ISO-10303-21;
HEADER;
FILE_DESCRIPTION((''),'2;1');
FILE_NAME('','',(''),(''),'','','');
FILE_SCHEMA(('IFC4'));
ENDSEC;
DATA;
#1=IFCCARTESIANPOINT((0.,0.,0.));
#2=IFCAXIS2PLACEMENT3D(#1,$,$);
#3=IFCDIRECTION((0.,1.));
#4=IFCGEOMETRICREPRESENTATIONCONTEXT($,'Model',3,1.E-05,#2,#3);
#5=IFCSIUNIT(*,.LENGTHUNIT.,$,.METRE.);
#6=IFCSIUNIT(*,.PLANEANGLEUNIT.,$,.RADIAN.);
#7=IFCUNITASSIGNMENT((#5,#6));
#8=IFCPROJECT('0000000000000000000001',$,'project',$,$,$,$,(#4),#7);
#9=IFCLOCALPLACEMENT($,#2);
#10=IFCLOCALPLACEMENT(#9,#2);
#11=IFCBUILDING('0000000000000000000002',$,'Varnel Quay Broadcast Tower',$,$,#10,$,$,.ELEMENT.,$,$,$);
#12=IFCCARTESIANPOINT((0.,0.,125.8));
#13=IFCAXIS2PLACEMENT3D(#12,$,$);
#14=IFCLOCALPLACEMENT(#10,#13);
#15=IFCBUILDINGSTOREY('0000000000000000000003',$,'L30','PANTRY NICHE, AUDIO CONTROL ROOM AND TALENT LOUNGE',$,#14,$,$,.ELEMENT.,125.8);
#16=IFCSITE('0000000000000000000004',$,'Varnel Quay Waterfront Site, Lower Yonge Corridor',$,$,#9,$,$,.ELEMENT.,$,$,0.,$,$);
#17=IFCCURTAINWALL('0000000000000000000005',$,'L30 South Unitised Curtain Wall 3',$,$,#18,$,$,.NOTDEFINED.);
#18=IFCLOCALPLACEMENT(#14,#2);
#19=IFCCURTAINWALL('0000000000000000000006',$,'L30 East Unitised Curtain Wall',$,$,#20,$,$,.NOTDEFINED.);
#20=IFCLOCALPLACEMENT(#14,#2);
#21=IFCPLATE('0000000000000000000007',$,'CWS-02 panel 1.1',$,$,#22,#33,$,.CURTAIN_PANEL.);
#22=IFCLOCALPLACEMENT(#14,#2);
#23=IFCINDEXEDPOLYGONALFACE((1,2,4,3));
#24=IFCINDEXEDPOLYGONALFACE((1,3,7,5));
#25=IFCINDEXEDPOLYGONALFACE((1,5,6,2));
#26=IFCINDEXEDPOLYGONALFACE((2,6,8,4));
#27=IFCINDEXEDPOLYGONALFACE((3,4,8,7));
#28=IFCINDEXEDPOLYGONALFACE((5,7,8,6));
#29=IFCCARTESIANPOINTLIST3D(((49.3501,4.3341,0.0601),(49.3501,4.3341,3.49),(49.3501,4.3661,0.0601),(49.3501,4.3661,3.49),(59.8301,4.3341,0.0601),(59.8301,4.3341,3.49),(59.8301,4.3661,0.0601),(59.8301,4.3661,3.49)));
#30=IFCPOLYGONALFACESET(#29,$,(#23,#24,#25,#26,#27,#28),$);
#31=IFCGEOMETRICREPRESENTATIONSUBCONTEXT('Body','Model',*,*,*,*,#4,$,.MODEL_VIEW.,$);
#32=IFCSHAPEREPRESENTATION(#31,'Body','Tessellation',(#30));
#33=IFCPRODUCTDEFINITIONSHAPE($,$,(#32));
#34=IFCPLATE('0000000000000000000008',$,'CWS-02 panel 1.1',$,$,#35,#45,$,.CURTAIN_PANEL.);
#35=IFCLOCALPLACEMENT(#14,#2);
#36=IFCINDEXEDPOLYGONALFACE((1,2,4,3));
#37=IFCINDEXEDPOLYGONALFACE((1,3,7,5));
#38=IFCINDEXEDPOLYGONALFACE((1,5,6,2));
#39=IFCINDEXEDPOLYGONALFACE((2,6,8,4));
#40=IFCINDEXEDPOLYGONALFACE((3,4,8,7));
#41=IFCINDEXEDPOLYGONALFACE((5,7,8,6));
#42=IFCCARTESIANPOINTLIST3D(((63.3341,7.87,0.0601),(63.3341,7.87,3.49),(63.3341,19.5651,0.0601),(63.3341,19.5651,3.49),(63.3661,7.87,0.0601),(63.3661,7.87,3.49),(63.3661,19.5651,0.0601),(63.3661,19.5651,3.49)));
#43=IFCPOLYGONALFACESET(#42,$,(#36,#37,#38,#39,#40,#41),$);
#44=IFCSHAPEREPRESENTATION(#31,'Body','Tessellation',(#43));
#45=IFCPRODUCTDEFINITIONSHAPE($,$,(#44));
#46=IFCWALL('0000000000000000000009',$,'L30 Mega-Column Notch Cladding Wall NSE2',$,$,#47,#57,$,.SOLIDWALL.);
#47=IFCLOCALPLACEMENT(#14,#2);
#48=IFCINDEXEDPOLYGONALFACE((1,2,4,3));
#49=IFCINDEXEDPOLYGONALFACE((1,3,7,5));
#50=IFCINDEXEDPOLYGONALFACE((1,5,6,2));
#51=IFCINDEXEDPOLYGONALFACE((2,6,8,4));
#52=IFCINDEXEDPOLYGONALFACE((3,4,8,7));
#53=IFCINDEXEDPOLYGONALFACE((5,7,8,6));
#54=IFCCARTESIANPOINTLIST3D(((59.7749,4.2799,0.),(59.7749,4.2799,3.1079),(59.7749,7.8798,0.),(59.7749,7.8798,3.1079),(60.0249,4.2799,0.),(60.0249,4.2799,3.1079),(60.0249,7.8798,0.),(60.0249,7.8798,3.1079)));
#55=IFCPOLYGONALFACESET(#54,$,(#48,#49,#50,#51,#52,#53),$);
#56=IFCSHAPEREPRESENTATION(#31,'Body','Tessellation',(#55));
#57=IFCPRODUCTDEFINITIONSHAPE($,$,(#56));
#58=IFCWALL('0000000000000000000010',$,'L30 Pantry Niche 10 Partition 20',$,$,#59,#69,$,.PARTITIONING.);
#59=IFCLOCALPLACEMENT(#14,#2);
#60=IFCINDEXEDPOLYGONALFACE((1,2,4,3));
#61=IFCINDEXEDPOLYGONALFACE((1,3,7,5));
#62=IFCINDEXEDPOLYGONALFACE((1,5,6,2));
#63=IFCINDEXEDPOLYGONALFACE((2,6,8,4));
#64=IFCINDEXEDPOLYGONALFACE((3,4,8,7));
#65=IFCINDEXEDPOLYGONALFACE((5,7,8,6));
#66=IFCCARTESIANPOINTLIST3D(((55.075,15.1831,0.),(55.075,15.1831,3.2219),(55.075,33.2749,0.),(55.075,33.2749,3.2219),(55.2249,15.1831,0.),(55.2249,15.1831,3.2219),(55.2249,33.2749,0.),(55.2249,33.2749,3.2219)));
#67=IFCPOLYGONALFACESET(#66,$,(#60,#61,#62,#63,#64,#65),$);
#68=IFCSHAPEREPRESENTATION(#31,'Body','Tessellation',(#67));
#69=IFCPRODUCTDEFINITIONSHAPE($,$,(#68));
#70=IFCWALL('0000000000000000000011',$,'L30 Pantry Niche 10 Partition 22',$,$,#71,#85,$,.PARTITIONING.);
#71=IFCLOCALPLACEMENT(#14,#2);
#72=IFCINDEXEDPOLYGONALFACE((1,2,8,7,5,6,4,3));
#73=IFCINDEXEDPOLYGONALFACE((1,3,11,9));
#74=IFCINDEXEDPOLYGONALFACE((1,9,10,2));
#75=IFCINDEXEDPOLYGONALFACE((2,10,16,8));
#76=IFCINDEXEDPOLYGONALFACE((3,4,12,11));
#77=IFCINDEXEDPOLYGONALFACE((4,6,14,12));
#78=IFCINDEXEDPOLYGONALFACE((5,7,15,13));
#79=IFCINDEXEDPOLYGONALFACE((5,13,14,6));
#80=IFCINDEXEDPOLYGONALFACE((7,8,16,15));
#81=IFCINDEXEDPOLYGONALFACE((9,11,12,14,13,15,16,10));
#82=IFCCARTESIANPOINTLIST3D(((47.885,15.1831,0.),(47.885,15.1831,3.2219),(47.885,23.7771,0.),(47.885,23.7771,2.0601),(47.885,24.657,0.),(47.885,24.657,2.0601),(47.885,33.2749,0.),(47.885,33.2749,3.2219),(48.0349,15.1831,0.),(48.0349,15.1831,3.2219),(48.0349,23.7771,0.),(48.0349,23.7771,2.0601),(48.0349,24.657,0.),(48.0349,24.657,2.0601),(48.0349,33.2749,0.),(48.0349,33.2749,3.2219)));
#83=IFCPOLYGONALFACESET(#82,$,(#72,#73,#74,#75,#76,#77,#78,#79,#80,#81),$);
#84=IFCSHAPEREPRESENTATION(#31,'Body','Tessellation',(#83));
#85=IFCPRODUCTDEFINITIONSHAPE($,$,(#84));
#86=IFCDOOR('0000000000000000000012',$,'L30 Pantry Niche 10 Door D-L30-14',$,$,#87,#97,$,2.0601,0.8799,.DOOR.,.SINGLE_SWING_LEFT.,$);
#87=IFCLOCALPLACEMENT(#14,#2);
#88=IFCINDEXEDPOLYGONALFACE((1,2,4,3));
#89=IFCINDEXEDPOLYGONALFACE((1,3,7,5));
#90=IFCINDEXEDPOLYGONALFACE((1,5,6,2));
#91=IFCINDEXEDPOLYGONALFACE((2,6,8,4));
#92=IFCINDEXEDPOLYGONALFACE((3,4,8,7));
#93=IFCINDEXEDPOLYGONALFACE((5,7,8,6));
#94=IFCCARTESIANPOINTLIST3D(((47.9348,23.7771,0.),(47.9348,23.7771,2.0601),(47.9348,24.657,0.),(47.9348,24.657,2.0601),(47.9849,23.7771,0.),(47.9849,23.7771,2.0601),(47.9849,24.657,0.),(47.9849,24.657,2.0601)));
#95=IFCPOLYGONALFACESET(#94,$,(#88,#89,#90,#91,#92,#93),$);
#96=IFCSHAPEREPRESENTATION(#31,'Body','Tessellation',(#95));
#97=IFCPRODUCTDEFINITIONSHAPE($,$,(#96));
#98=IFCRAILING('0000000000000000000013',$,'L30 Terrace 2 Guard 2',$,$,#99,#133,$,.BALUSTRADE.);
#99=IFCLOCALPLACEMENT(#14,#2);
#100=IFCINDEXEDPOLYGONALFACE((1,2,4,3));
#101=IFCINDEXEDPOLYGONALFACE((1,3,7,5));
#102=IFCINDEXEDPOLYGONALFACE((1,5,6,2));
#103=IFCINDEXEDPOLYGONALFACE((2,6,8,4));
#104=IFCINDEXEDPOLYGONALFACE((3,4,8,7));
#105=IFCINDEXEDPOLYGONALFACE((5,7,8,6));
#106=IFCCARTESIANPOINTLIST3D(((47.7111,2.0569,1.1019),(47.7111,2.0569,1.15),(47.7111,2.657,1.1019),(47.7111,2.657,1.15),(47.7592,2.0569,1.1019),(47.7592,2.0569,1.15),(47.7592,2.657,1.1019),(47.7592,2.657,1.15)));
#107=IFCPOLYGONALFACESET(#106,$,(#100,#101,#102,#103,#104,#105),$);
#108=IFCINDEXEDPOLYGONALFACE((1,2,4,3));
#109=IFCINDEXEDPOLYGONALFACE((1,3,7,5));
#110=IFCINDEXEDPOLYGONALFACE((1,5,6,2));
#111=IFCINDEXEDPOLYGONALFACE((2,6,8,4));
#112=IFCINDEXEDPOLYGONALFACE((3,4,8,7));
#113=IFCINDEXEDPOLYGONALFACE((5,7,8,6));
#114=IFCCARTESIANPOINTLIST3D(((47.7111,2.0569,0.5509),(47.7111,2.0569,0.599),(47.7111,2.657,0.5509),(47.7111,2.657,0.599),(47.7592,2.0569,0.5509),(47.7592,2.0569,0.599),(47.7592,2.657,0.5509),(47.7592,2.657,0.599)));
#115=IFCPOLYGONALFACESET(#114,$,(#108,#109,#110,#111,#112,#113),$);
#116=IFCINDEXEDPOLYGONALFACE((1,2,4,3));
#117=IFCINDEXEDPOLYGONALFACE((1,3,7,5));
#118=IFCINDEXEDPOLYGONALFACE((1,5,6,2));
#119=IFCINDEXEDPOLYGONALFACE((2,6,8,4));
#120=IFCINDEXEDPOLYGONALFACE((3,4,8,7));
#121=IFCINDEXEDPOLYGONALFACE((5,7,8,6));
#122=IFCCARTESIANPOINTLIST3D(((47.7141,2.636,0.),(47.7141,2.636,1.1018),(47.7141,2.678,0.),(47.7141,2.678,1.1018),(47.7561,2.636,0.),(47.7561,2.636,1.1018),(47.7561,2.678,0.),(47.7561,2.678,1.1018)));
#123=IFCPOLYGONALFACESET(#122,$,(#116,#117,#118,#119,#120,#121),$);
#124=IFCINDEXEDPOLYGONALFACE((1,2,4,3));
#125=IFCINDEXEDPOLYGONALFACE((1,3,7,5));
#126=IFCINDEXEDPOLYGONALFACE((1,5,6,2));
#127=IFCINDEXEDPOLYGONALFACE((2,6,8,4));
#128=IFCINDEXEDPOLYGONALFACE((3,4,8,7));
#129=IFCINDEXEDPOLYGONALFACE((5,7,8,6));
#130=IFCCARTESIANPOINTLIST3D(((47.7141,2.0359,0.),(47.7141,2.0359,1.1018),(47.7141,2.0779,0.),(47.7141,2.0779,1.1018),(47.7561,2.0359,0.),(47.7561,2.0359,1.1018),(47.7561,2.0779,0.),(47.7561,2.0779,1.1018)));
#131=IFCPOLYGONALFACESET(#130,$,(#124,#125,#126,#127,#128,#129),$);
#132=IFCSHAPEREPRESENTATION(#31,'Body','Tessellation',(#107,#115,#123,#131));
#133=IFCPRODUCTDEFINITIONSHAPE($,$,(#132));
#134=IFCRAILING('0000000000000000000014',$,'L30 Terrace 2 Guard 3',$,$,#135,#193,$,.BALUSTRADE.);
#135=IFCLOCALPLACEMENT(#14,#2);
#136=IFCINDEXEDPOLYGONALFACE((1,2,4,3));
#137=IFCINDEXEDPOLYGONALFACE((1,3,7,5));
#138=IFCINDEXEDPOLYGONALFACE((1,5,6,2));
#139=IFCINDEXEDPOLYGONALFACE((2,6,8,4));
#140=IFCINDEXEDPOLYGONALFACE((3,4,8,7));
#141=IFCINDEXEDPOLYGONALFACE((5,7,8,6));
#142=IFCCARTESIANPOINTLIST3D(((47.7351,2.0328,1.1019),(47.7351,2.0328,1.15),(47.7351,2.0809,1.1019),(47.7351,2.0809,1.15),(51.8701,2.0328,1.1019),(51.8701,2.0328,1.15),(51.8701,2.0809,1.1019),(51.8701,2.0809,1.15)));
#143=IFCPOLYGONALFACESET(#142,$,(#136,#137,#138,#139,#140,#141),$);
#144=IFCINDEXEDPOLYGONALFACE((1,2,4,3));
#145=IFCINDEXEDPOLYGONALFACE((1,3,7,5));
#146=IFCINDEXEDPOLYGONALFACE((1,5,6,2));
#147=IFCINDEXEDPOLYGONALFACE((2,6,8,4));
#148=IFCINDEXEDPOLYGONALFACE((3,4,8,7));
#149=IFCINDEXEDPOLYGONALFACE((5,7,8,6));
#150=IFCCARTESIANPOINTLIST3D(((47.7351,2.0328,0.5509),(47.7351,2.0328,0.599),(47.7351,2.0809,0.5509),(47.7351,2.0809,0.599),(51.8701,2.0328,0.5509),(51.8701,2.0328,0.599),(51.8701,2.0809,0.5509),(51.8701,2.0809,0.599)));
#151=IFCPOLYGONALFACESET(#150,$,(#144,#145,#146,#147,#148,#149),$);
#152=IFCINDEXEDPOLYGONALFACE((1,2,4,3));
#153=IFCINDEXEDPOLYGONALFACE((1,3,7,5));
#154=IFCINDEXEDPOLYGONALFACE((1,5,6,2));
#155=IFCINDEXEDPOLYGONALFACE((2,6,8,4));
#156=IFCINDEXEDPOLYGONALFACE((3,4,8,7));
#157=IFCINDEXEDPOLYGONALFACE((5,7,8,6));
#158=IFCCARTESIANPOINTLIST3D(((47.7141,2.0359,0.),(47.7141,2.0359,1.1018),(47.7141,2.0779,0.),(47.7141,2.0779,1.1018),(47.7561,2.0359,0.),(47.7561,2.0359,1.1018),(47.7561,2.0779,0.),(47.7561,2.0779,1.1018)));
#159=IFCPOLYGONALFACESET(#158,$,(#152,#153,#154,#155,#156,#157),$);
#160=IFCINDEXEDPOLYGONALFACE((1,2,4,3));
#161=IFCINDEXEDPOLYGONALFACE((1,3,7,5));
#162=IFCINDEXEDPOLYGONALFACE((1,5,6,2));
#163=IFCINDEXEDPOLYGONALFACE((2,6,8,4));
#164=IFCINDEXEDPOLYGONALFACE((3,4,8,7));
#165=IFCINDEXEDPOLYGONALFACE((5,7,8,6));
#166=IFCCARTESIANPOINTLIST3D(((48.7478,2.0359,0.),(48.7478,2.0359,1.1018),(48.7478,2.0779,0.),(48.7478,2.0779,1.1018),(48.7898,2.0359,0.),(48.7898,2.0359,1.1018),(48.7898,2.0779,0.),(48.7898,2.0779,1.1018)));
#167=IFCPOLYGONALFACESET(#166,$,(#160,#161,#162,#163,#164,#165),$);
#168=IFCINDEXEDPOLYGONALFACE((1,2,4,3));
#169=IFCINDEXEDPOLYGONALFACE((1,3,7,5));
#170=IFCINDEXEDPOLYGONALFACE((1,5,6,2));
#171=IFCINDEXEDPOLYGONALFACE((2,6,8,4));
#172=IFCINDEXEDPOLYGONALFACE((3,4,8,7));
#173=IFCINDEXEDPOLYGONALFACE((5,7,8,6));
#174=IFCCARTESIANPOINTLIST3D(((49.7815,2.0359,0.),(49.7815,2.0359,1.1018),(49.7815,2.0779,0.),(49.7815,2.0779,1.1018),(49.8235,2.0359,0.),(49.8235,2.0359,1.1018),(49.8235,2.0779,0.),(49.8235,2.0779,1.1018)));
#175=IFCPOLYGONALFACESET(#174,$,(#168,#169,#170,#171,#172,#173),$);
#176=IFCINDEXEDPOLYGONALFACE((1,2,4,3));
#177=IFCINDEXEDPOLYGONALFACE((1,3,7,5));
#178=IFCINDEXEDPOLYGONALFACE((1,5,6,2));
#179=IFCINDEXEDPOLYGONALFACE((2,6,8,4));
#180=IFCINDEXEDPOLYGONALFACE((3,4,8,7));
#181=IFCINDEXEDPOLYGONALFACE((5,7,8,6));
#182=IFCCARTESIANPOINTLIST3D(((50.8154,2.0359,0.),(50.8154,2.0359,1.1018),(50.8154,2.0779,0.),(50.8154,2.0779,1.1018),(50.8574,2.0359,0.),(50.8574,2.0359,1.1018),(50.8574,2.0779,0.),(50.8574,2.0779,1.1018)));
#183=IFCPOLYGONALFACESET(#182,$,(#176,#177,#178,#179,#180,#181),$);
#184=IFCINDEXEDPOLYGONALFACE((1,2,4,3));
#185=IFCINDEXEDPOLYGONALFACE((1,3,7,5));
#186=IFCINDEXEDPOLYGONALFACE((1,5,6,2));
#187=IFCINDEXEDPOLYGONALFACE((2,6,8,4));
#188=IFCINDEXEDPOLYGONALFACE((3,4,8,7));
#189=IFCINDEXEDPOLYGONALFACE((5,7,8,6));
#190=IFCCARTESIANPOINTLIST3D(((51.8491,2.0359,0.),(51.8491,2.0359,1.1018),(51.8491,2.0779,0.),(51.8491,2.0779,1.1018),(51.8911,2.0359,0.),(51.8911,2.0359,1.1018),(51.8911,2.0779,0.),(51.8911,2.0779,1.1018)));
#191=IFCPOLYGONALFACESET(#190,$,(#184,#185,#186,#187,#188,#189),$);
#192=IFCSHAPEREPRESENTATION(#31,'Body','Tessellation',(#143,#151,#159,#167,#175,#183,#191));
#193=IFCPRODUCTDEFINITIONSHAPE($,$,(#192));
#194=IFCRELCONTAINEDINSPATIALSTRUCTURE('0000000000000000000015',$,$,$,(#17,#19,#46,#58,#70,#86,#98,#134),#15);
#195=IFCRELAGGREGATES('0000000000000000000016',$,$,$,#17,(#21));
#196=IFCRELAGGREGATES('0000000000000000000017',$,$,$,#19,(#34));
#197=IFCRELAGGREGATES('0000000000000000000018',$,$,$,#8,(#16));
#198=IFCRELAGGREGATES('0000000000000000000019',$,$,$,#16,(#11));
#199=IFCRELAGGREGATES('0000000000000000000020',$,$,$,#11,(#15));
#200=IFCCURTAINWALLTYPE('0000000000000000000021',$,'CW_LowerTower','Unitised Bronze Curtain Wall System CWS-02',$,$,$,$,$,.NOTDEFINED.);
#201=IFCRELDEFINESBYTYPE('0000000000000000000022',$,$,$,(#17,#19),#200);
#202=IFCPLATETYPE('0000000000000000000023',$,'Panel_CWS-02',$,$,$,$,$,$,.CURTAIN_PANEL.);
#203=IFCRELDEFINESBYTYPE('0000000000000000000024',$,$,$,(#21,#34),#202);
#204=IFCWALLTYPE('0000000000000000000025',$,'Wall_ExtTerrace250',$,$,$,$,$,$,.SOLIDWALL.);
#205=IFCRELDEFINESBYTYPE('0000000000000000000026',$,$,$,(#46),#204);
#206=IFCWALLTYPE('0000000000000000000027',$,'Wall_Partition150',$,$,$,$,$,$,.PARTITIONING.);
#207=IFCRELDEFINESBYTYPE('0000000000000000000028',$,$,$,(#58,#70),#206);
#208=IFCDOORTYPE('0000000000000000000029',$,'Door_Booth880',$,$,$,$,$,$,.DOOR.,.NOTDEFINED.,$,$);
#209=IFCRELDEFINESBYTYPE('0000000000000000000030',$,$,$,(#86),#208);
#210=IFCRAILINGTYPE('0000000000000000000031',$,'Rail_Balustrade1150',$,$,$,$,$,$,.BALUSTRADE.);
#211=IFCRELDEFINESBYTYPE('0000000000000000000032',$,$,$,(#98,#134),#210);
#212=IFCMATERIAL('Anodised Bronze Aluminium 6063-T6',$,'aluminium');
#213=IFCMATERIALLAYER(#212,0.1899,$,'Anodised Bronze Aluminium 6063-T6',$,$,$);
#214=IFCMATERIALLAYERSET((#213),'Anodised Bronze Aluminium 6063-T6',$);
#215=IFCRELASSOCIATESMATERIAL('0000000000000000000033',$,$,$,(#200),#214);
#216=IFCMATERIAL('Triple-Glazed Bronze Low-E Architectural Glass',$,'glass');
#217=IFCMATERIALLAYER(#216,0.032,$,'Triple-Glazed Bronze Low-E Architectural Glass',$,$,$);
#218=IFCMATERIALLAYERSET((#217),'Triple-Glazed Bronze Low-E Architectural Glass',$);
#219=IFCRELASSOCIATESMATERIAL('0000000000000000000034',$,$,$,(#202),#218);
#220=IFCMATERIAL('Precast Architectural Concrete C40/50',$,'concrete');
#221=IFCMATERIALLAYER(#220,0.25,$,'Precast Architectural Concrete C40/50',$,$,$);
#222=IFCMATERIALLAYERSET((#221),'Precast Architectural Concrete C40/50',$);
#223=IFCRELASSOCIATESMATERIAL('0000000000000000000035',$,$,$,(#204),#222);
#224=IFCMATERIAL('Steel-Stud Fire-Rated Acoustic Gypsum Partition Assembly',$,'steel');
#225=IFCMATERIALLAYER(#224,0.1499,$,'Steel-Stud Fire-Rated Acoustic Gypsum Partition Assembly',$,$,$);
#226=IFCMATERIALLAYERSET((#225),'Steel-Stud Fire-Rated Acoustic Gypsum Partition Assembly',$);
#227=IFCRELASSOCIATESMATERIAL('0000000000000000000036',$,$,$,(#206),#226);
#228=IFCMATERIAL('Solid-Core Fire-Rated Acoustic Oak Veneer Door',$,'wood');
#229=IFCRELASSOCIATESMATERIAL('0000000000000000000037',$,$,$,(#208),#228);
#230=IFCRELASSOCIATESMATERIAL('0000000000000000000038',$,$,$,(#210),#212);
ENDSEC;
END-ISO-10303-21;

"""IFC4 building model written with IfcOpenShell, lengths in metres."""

from ifc_helpers import new_model, si_unit, direction, frame, frame_2d, origin, origin_2d, place, context, subcontext, project, spatial, rectangle, extrude, source, transform, mapped, material, layer, layer_set, type_object, type_shapes, element, fill, aggregate, save


model = new_model("IFC4")

# Units and contexts
model_context = context("Model", 3, precision=1e-05, world=origin(), true_north=direction((0.0, 1.0)))
body_context = subcontext(model_context, "Body", "Model", "MODEL_VIEW")
ifc_project = project(units=[si_unit("LENGTHUNIT", "METRE"), si_unit("PLANEANGLEUNIT", "RADIAN")], contexts=[model_context])

# Site, building, storey
site_placement = place(None, origin())
site = spatial("IfcSite", under=ifc_project, at=site_placement, Name="Varnel Quay Waterfront Site, Lower Yonge Corridor", CompositionType="ELEMENT", RefElevation=0.0)
building_placement = place(site_placement, origin())
building = spatial("IfcBuilding", under=site, at=building_placement, Name="Varnel Quay Broadcast Tower", CompositionType="ELEMENT")
storey_placement = place(building_placement, frame((0.0, 0.0, 125.8)))
storey = spatial("IfcBuildingStorey", under=building, at=storey_placement, Name="L30", Description="PANTRY NICHE, AUDIO CONTROL ROOM AND TALENT LOUNGE", CompositionType="ELEMENT", Elevation=125.8)

# Curtain walls
ifc_material_1 = material(Name="Anodised Bronze Aluminium 6063-T6", Category="aluminium")
ifc_layer_1 = layer(ifc_material_1, 0.1899, Name="Anodised Bronze Aluminium 6063-T6")
ifc_layer_set_1 = layer_set([ifc_layer_1], Name="Anodised Bronze Aluminium 6063-T6")
curtain_wall_type_1 = type_object("IfcCurtainWallType", Name="CW_LowerTower", Description="Unitised Bronze Curtain Wall System CWS-02", PredefinedType="NOTDEFINED", material=ifc_layer_set_1)
curtain_wall_1_placement = place(storey_placement, origin())
curtain_wall_1 = element("IfcCurtainWall", 1, at=curtain_wall_1_placement, inside=storey, type_object=curtain_wall_type_1, Name="L30 South Unitised Curtain Wall 3", PredefinedType="NOTDEFINED")
curtain_wall_2_placement = place(storey_placement, origin())
curtain_wall_2 = element("IfcCurtainWall", 2, at=curtain_wall_2_placement, inside=storey, type_object=curtain_wall_type_1, Name="L30 East Unitised Curtain Wall", PredefinedType="NOTDEFINED")

# Plates
ifc_material_2 = material(Name="Triple-Glazed Bronze Low-E Architectural Glass", Category="glass")
ifc_layer_2 = layer(ifc_material_2, 0.032, Name="Triple-Glazed Bronze Low-E Architectural Glass")
ifc_layer_set_2 = layer_set([ifc_layer_2], Name="Triple-Glazed Bronze Low-E Architectural Glass")
plate_type_1 = type_object("IfcPlateType", Name="Panel_CWS-02", PredefinedType="CURTAIN_PANEL", material=ifc_layer_set_2)
shared_shape_1 = source(origin(), body_context, "Body", "SweptSolid", [
    extrude(rectangle(XDim=10.48, YDim=0.032, at=origin_2d()), origin(), (0.0, 0.0, 1.0), 3.4299),
])
plate_1_placement = place(storey_placement, frame((54.5901, 4.3501, 0.0601), z_axis=(0.0, 0.0, 1.0), x_axis=(1.0, 0.0, 0.0)))
plate_1 = element("IfcPlate", 3, at=plate_1_placement, type_object=plate_type_1, Name="CWS-02 panel 1.1", PredefinedType="CURTAIN_PANEL", context=body_context, shape_type="MappedRepresentation", body=[
    mapped(shared_shape_1, transform((0.0, 0.0, 0.0), x_axis=(1.0, 0.0, 0.0), y_axis=(0.0, 1.0, 0.0), z_axis=(0.0, 0.0, 1.0), scale=1.0)),
])
aggregate(curtain_wall_1, [plate_1])
shared_shape_2 = source(origin(), body_context, "Body", "SweptSolid", [
    extrude(rectangle(XDim=11.6951, YDim=0.032, at=origin_2d()), origin(), (0.0, 0.0, 1.0), 3.4299),
])
type_shapes(plate_type_1, [shared_shape_1, shared_shape_2])
plate_2_placement = place(storey_placement, frame((63.3501, 13.7175, 0.0601), z_axis=(0.0, 0.0, 1.0), x_axis=(0.0, 1.0, 0.0)))
plate_2 = element("IfcPlate", 4, at=plate_2_placement, type_object=plate_type_1, Name="CWS-02 panel 1.1", PredefinedType="CURTAIN_PANEL", context=body_context, shape_type="MappedRepresentation", body=[
    mapped(shared_shape_2, transform((0.0, 0.0, 0.0), x_axis=(1.0, 0.0, 0.0), y_axis=(0.0, 1.0, 0.0), z_axis=(0.0, 0.0, 1.0), scale=1.0)),
])
aggregate(curtain_wall_2, [plate_2])

# Walls
ifc_material_3 = material(Name="Precast Architectural Concrete C40/50", Category="concrete")
ifc_layer_3 = layer(ifc_material_3, 0.25, Name="Precast Architectural Concrete C40/50")
ifc_layer_set_3 = layer_set([ifc_layer_3], Name="Precast Architectural Concrete C40/50")
wall_type_1 = type_object("IfcWallType", Name="Wall_ExtTerrace250", PredefinedType="SOLIDWALL", material=ifc_layer_set_3)
wall_1_placement = place(storey_placement, frame((59.8999, 4.28, 0.0), z_axis=(0.0, 0.0, 1.0), x_axis=(0.0, 1.0, 0.0)))
element("IfcWall", 5, at=wall_1_placement, inside=storey, type_object=wall_type_1, Name="L30 Mega-Column Notch Cladding Wall NSE2", PredefinedType="SOLIDWALL", context=body_context, shape_type="SweptSolid", body=[
    extrude(rectangle(XDim=3.5999, YDim=0.25, at=frame_2d((1.7998, 0.0))), origin(), (0.0, 0.0, 1.0), 3.1079),
])
ifc_material_4 = material(Name="Steel-Stud Fire-Rated Acoustic Gypsum Partition Assembly", Category="steel")
ifc_layer_4 = layer(ifc_material_4, 0.1499, Name="Steel-Stud Fire-Rated Acoustic Gypsum Partition Assembly")
ifc_layer_set_4 = layer_set([ifc_layer_4], Name="Steel-Stud Fire-Rated Acoustic Gypsum Partition Assembly")
wall_type_2 = type_object("IfcWallType", Name="Wall_Partition150", PredefinedType="PARTITIONING", material=ifc_layer_set_4)
wall_2_placement = place(storey_placement, frame((55.1499, 15.1831, 0.0), z_axis=(0.0, 0.0, 1.0), x_axis=(0.0, 1.0, 0.0)))
element("IfcWall", 6, at=wall_2_placement, inside=storey, type_object=wall_type_2, Name="L30 Pantry Niche 10 Partition 20", PredefinedType="PARTITIONING", context=body_context, shape_type="SweptSolid", body=[
    extrude(rectangle(XDim=18.0918, YDim=0.1499, at=frame_2d((9.0459, 0.0))), origin(), (0.0, 0.0, 1.0), 3.2219),
])

# Wall, opening, door
wall_3_placement = place(storey_placement, frame((47.96, 15.1831, 0.0), z_axis=(0.0, 0.0, 1.0), x_axis=(0.0, 1.0, 0.0)))
wall_3 = element("IfcWall", 7, at=wall_3_placement, inside=storey, type_object=wall_type_2, Name="L30 Pantry Niche 10 Partition 22", PredefinedType="PARTITIONING", context=body_context, shape_type="SweptSolid", body=[
    extrude(rectangle(XDim=18.0918, YDim=0.1499, at=frame_2d((9.0459, 0.0))), origin(), (0.0, 0.0, 1.0), 3.2219),
])
opening_placement = place(wall_3_placement, frame((8.594, 0.0, 0.0)))
opening = element("IfcOpeningElement", 8, at=opening_placement, cuts=wall_3, PredefinedType="OPENING", context=body_context, shape_type="SweptSolid", body=[
    extrude(rectangle(XDim=0.8799, YDim=2.0601, at=frame_2d((0.4399, 1.03))), frame((0.0, 0.085, 0.0), z_axis=(0.0, -1.0, 0.0), x_axis=(1.0, 0.0, 0.0)), (0.0, 0.0, 1.0), 0.1699),
])
ifc_material_5 = material(Name="Solid-Core Fire-Rated Acoustic Oak Veneer Door", Category="wood")
door_type = type_object("IfcDoorType", Name="Door_Booth880", OperationType="NOTDEFINED", PredefinedType="DOOR", material=ifc_material_5)
shared_shape_3 = source(origin(), body_context, "Body", "SweptSolid", [
    extrude(rectangle(XDim=0.8799, YDim=2.0601, at=frame_2d((0.4399, 1.03))), frame((0.0, 0.0249, 0.0), z_axis=(0.0, -1.0, 0.0), x_axis=(1.0, 0.0, 0.0)), (0.0, 0.0, 1.0), 0.05),
])
type_shapes(door_type, [shared_shape_3])
door_placement = place(opening_placement, frame((0.8799, 0.0, 0.0), z_axis=(0.0, 0.0, 1.0), x_axis=(-1.0, 0.0, 0.0)))
door = element("IfcDoor", 9, at=door_placement, inside=storey, type_object=door_type, Name="L30 Pantry Niche 10 Door D-L30-14", OperationType="SINGLE_SWING_LEFT", OverallHeight=2.0601, OverallWidth=0.8799, PredefinedType="DOOR", context=body_context, shape_type="MappedRepresentation", body=[
    mapped(shared_shape_3, transform((0.0, 0.0, 0.0), x_axis=(1.0, 0.0, 0.0), y_axis=(0.0, 1.0, 0.0), z_axis=(0.0, 0.0, 1.0), scale=1.0)),
])
fill(opening, door)

# Railings
railing_type = type_object("IfcRailingType", Name="Rail_Balustrade1150", PredefinedType="BALUSTRADE", material=ifc_material_1)
railing_1_placement = place(storey_placement, frame((47.7351, 2.657, 0.0)))
element("IfcRailing", 10, at=railing_1_placement, inside=storey, type_object=railing_type, Name="L30 Terrace 2 Guard 2", PredefinedType="BALUSTRADE", context=body_context, shape_type="SweptSolid", body=[
    extrude(rectangle(XDim=0.0481, YDim=0.0481, at=origin_2d()), frame((0.0, 0.0, 1.126), z_axis=(0.0, -1.0, 0.0), x_axis=(1.0, 0.0, 0.0)), (0.0, 0.0, 1.0), 0.6001),
    extrude(rectangle(XDim=0.0481, YDim=0.0481, at=origin_2d()), frame((0.0, 0.0, 0.575), z_axis=(0.0, -1.0, 0.0), x_axis=(1.0, 0.0, 0.0)), (0.0, 0.0, 1.0), 0.6001),
    extrude(rectangle(XDim=0.042, YDim=0.042, at=origin_2d()), origin(), (0.0, 0.0, 1.0), 1.1018),
    extrude(rectangle(XDim=0.042, YDim=0.042, at=origin_2d()), frame((0.0, -0.6001, 0.0)), (0.0, 0.0, 1.0), 1.1018),
])
railing_2_placement = place(storey_placement, frame((47.7351, 2.0569, 0.0)))
element("IfcRailing", 11, at=railing_2_placement, inside=storey, type_object=railing_type, Name="L30 Terrace 2 Guard 3", PredefinedType="BALUSTRADE", context=body_context, shape_type="SweptSolid", body=[
    extrude(rectangle(XDim=0.0481, YDim=0.0481, at=origin_2d()), frame((0.0, 0.0, 1.126), z_axis=(1.0, 0.0, 0.0), x_axis=(0.0, 1.0, 0.0)), (0.0, 0.0, 1.0), 4.135),
    extrude(rectangle(XDim=0.0481, YDim=0.0481, at=origin_2d()), frame((0.0, 0.0, 0.575), z_axis=(1.0, 0.0, 0.0), x_axis=(0.0, 1.0, 0.0)), (0.0, 0.0, 1.0), 4.135),
    extrude(rectangle(XDim=0.042, YDim=0.042, at=origin_2d()), origin(), (0.0, 0.0, 1.0), 1.1018),
    extrude(rectangle(XDim=0.042, YDim=0.042, at=origin_2d()), frame((1.0337, 0.0, 0.0)), (0.0, 0.0, 1.0), 1.1018),
    extrude(rectangle(XDim=0.042, YDim=0.042, at=origin_2d()), frame((2.0674, 0.0, 0.0)), (0.0, 0.0, 1.0), 1.1018),
    extrude(rectangle(XDim=0.042, YDim=0.042, at=origin_2d()), frame((3.1013, 0.0, 0.0)), (0.0, 0.0, 1.0), 1.1018),
    extrude(rectangle(XDim=0.042, YDim=0.042, at=origin_2d()), frame((4.135, 0.0, 0.0)), (0.0, 0.0, 1.0), 1.1018),
])

save(model, "model.ifc")
